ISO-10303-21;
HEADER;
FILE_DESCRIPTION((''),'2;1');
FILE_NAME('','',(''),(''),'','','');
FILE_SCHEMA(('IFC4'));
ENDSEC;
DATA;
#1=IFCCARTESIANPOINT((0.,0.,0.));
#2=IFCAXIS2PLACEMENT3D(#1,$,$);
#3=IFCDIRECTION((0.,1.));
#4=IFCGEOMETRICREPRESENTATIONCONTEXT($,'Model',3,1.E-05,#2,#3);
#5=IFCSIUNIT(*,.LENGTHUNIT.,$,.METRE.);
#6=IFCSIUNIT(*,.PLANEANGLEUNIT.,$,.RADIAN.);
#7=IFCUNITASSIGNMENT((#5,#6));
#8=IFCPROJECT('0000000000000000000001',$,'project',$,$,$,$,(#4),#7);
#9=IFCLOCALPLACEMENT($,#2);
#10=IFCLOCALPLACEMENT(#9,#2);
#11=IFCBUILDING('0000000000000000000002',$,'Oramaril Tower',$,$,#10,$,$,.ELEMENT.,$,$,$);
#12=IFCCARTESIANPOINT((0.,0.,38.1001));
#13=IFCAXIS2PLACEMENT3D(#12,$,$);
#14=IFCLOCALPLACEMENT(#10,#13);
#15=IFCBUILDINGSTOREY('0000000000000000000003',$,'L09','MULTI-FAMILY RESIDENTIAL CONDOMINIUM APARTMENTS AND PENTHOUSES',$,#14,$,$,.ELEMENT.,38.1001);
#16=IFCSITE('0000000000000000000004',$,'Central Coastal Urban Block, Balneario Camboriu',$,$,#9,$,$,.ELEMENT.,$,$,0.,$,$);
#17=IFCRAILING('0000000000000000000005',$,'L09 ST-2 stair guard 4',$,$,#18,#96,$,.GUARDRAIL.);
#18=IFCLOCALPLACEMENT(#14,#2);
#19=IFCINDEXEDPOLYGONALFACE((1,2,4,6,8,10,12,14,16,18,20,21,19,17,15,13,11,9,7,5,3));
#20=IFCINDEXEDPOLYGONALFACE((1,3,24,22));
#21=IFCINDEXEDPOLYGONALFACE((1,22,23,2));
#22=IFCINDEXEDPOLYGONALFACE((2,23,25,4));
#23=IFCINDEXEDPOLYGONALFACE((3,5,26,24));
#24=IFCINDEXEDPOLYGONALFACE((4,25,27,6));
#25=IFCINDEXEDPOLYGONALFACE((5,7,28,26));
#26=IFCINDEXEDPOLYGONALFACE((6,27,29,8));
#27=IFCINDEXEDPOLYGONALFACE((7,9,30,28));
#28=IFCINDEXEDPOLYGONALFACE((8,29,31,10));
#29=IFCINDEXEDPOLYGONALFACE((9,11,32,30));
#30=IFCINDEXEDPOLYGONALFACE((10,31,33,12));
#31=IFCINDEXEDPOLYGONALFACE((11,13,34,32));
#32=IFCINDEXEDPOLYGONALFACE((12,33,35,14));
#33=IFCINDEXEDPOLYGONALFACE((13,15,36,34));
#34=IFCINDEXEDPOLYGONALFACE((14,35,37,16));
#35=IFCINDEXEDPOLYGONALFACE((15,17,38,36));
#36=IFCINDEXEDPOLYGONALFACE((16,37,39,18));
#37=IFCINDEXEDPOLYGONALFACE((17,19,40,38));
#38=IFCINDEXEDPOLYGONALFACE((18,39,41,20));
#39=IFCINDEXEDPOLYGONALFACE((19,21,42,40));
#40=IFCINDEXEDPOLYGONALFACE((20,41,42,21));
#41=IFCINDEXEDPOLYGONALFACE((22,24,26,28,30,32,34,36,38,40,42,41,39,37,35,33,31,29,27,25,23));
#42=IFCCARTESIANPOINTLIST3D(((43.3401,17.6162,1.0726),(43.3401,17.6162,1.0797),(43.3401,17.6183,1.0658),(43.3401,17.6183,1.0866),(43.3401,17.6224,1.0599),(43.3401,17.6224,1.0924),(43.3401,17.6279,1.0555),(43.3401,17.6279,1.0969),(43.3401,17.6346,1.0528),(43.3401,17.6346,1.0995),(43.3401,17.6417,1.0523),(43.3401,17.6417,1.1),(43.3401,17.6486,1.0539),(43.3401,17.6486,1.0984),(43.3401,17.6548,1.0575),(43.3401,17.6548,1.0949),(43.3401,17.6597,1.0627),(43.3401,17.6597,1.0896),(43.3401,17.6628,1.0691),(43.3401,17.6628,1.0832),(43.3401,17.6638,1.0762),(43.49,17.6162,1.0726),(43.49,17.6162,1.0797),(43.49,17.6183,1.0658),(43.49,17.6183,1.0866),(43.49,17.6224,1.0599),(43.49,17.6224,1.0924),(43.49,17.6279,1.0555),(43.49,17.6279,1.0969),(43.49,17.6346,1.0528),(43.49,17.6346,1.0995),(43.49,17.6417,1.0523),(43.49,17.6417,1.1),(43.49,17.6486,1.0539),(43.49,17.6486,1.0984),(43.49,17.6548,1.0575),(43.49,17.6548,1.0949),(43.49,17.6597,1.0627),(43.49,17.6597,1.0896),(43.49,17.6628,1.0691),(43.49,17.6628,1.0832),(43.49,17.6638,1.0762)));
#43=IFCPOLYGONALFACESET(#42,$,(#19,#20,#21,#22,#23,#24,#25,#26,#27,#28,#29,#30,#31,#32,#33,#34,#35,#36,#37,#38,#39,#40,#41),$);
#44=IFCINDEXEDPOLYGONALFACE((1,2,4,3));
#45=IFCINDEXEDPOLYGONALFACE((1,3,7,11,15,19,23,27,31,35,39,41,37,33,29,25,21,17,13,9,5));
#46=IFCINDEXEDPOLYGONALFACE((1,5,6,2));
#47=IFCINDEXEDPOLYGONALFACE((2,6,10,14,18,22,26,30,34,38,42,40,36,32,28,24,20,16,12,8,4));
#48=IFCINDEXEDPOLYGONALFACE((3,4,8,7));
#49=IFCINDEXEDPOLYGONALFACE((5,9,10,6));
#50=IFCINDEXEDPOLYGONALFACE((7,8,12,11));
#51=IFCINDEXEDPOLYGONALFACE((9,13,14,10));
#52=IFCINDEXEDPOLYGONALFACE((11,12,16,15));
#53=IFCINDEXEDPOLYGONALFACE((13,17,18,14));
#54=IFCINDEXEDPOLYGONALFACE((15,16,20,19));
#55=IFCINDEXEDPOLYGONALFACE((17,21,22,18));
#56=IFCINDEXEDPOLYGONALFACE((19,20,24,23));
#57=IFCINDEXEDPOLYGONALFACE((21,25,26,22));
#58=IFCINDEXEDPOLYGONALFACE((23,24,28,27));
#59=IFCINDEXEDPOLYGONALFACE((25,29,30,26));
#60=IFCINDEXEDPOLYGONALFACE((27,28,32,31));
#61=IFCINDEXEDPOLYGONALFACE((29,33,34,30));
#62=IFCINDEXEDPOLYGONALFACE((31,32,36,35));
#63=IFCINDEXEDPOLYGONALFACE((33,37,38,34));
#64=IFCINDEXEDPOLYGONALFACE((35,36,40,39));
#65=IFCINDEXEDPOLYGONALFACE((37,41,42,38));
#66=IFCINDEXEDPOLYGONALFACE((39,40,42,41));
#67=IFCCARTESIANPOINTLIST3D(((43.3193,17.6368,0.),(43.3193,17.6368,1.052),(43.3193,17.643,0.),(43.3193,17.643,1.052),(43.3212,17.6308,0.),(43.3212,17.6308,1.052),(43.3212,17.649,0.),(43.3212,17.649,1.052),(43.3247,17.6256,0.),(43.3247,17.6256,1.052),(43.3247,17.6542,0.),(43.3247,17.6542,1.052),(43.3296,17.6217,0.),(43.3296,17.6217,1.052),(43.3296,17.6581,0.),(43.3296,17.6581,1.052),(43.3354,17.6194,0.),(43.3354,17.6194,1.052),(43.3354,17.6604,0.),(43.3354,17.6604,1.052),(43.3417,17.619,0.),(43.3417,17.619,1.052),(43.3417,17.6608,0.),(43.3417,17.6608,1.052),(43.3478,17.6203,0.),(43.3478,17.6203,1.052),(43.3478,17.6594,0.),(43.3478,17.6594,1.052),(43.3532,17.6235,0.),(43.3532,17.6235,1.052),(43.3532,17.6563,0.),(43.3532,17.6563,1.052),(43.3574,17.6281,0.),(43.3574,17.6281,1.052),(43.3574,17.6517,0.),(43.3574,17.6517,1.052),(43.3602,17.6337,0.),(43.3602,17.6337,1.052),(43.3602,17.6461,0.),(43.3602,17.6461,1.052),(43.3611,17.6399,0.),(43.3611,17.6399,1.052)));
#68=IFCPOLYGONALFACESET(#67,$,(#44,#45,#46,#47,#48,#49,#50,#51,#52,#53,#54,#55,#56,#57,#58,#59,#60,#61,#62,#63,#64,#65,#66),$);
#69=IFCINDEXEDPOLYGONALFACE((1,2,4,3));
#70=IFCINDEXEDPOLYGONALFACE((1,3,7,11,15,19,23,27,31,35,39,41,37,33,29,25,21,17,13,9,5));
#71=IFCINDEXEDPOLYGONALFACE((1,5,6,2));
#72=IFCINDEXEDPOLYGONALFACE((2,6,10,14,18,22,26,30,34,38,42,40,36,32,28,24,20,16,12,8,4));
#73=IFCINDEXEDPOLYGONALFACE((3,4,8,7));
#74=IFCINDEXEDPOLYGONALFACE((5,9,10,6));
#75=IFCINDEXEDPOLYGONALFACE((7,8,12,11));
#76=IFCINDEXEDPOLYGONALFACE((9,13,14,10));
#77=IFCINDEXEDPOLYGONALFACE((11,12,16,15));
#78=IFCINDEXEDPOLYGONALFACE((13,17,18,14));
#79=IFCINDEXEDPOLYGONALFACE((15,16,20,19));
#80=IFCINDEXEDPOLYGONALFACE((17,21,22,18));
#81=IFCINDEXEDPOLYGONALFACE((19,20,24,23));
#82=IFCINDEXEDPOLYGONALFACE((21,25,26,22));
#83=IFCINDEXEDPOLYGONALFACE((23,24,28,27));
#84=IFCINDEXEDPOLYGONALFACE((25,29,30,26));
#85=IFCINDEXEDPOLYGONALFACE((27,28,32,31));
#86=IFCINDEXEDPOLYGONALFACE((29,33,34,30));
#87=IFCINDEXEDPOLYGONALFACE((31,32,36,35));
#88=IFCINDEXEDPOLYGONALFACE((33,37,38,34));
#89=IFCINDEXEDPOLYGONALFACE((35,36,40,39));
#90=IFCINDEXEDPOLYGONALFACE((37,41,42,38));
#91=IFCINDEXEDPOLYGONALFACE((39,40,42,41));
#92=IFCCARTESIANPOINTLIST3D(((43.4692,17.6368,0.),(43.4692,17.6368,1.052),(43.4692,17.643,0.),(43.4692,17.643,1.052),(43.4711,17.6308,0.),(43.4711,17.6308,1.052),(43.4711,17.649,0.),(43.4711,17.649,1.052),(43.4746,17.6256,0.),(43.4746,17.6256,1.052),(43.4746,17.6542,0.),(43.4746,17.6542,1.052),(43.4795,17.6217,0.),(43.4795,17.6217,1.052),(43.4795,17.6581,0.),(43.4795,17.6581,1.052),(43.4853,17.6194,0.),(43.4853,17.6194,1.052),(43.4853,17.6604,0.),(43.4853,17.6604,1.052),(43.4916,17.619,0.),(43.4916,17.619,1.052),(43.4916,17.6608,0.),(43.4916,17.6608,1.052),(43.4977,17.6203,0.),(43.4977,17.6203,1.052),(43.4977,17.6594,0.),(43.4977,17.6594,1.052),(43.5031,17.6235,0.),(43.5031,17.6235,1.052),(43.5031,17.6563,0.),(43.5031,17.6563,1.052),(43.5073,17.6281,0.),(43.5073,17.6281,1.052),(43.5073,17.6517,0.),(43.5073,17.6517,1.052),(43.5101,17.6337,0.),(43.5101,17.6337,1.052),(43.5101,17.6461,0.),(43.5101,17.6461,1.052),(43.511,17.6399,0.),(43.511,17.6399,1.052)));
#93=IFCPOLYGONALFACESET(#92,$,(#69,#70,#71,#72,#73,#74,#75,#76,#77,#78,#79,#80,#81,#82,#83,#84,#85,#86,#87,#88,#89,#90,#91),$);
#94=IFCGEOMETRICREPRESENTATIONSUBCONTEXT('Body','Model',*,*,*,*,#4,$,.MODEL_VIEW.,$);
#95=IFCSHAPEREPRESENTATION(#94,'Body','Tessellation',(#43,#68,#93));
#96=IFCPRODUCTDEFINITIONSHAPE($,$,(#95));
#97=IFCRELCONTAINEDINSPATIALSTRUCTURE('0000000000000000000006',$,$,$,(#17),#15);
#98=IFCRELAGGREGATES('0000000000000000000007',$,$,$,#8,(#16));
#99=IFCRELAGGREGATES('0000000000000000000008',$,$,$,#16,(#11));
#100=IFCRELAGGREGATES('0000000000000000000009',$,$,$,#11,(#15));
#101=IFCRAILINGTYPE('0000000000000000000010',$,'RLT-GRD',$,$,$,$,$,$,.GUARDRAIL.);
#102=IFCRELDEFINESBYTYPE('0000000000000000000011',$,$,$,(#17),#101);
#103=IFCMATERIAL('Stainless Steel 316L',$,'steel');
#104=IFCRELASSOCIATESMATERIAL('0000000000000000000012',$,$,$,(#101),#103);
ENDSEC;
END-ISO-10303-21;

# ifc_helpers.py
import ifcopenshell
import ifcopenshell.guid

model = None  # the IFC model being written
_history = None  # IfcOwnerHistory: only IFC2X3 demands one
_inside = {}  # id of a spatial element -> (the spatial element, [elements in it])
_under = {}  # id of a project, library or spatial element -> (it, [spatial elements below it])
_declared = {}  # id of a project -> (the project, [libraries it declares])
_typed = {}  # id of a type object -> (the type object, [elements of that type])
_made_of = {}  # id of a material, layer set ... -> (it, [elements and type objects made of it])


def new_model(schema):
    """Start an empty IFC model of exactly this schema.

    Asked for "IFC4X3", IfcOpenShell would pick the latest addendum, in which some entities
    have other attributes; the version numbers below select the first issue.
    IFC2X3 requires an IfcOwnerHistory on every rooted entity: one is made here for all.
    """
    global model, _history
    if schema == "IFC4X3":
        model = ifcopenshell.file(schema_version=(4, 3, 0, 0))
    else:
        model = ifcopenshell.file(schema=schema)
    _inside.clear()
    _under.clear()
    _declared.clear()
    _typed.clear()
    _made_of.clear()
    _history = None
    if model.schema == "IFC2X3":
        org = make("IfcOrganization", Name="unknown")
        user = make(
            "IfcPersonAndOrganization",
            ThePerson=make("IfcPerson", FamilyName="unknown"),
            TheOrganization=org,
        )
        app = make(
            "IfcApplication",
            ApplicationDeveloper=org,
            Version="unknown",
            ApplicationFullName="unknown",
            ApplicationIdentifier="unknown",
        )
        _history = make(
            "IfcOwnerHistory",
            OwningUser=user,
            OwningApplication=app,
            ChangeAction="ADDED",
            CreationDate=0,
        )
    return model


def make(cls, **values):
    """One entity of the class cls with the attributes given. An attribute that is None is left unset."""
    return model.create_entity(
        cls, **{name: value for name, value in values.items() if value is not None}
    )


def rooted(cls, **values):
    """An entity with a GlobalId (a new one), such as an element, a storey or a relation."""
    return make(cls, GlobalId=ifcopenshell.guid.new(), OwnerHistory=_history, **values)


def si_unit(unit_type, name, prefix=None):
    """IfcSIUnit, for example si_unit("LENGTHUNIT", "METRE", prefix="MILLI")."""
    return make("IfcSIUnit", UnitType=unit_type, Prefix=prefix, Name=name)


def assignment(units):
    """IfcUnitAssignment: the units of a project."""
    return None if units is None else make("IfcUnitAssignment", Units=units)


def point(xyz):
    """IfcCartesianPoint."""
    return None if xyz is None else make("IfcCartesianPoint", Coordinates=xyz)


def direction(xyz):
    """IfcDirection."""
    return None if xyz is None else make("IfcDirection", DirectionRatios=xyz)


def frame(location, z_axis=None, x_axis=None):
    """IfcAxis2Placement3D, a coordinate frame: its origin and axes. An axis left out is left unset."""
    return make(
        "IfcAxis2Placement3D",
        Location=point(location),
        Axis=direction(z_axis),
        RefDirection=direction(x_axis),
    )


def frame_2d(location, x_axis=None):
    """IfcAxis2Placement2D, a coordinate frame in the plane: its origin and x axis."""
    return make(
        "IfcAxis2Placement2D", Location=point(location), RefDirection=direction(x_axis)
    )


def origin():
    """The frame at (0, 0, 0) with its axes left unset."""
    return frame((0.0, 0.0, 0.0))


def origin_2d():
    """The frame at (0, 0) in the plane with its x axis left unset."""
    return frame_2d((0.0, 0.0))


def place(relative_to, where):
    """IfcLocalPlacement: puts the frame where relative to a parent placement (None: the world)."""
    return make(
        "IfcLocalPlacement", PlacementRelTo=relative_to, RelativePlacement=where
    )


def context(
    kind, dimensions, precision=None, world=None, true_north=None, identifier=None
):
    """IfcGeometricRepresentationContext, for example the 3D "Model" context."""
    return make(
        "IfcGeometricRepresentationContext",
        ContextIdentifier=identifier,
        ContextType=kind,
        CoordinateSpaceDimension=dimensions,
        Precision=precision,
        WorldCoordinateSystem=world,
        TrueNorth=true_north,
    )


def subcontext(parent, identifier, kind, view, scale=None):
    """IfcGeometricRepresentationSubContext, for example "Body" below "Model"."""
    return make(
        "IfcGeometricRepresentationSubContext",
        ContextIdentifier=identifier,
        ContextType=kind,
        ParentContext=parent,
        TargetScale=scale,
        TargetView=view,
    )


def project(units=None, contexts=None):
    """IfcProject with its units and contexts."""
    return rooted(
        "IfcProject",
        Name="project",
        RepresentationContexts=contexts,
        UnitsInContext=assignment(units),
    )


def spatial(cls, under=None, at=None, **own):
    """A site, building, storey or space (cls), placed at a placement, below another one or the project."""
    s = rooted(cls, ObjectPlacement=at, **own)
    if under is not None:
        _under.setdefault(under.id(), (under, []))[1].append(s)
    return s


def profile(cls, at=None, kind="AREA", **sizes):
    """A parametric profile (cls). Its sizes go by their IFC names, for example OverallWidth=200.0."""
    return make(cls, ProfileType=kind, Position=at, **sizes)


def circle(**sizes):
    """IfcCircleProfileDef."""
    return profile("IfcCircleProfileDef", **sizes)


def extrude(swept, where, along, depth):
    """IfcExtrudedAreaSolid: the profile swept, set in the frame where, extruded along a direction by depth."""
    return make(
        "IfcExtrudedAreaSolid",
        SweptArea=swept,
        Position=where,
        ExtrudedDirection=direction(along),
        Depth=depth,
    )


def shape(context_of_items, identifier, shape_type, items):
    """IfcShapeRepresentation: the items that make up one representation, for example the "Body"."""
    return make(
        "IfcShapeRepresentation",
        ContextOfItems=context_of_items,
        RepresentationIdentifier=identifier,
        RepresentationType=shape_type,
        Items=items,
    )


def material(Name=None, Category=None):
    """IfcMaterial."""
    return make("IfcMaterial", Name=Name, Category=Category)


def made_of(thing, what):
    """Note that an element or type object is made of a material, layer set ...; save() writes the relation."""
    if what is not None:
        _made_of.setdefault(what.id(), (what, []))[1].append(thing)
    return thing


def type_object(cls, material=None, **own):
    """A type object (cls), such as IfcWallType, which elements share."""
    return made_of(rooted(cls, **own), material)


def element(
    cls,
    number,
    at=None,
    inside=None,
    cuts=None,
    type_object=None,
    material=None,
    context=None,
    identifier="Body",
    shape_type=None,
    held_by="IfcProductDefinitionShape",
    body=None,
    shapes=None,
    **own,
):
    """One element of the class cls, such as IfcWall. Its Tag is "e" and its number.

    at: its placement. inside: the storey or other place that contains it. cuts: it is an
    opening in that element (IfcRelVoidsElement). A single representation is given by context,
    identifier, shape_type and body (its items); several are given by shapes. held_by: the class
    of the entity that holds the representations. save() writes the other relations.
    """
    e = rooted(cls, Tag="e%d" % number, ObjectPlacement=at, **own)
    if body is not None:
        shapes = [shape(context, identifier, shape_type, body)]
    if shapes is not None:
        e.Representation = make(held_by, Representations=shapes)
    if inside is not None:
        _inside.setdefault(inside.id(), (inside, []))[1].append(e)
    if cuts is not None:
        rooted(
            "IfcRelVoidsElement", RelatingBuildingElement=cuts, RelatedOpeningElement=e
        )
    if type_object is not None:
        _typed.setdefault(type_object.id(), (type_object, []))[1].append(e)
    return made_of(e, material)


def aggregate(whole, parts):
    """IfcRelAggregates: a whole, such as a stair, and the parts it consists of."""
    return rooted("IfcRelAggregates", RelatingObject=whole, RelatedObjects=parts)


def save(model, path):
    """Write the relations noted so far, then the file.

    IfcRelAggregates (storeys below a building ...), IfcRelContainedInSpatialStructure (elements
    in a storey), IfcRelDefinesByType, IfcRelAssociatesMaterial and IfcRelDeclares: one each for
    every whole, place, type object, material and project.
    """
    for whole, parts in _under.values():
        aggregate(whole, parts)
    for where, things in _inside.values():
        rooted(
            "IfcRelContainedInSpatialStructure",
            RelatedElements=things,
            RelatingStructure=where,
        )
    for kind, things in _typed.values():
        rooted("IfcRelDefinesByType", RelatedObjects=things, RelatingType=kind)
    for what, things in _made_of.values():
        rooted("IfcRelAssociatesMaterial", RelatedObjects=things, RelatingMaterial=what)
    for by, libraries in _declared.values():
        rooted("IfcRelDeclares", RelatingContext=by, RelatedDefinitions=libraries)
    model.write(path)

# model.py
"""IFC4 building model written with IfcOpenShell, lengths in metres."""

from ifc_helpers import new_model, si_unit, direction, frame, origin, origin_2d, place, context, subcontext, project, spatial, circle, extrude, material, type_object, element, save


model = new_model("IFC4")

# Units and contexts
model_context = context("Model", 3, precision=1e-05, world=origin(), true_north=direction((0.0, 1.0)))
body_context = subcontext(model_context, "Body", "Model", "MODEL_VIEW")
ifc_project = project(units=[si_unit("LENGTHUNIT", "METRE"), si_unit("PLANEANGLEUNIT", "RADIAN")], contexts=[model_context])

# Site, building, storey
site_placement = place(None, origin())
site = spatial("IfcSite", under=ifc_project, at=site_placement, Name="Central Coastal Urban Block, Balneario Camboriu", CompositionType="ELEMENT", RefElevation=0.0)
building_placement = place(site_placement, origin())
building = spatial("IfcBuilding", under=site, at=building_placement, Name="Oramaril Tower", CompositionType="ELEMENT")
storey_placement = place(building_placement, frame((0.0, 0.0, 38.1001)))
storey = spatial("IfcBuildingStorey", under=building, at=storey_placement, Name="L09", Description="MULTI-FAMILY RESIDENTIAL CONDOMINIUM APARTMENTS AND PENTHOUSES", CompositionType="ELEMENT", Elevation=38.1001)

# Railing
ifc_material_1 = material(Name="Stainless Steel 316L", Category="steel")
railing_type_1 = type_object("IfcRailingType", Name="RLT-GRD", PredefinedType="GUARDRAIL", material=ifc_material_1)
railing_1_placement = place(storey_placement, frame((43.3401, 17.6399, 0.0)))
element("IfcRailing", 1, at=railing_1_placement, inside=storey, type_object=railing_type_1, Name="L09 ST-2 stair guard 4", PredefinedType="GUARDRAIL", context=body_context, shape_type="SweptSolid", body=[
    extrude(circle(Radius=0.0239, at=origin_2d()), frame((0.0, 0.0, 1.0762), z_axis=(1.0, 0.0, 0.0), x_axis=(0.0, 1.0, 0.0)), (0.0, 0.0, 1.0), 0.1499),
    extrude(circle(Radius=0.021, at=origin_2d()), origin(), (0.0, 0.0, 1.0), 1.052),
    extrude(circle(Radius=0.021, at=origin_2d()), frame((0.1499, 0.0, 0.0)), (0.0, 0.0, 1.0), 1.052),
])

save(model, "model.ifc")
